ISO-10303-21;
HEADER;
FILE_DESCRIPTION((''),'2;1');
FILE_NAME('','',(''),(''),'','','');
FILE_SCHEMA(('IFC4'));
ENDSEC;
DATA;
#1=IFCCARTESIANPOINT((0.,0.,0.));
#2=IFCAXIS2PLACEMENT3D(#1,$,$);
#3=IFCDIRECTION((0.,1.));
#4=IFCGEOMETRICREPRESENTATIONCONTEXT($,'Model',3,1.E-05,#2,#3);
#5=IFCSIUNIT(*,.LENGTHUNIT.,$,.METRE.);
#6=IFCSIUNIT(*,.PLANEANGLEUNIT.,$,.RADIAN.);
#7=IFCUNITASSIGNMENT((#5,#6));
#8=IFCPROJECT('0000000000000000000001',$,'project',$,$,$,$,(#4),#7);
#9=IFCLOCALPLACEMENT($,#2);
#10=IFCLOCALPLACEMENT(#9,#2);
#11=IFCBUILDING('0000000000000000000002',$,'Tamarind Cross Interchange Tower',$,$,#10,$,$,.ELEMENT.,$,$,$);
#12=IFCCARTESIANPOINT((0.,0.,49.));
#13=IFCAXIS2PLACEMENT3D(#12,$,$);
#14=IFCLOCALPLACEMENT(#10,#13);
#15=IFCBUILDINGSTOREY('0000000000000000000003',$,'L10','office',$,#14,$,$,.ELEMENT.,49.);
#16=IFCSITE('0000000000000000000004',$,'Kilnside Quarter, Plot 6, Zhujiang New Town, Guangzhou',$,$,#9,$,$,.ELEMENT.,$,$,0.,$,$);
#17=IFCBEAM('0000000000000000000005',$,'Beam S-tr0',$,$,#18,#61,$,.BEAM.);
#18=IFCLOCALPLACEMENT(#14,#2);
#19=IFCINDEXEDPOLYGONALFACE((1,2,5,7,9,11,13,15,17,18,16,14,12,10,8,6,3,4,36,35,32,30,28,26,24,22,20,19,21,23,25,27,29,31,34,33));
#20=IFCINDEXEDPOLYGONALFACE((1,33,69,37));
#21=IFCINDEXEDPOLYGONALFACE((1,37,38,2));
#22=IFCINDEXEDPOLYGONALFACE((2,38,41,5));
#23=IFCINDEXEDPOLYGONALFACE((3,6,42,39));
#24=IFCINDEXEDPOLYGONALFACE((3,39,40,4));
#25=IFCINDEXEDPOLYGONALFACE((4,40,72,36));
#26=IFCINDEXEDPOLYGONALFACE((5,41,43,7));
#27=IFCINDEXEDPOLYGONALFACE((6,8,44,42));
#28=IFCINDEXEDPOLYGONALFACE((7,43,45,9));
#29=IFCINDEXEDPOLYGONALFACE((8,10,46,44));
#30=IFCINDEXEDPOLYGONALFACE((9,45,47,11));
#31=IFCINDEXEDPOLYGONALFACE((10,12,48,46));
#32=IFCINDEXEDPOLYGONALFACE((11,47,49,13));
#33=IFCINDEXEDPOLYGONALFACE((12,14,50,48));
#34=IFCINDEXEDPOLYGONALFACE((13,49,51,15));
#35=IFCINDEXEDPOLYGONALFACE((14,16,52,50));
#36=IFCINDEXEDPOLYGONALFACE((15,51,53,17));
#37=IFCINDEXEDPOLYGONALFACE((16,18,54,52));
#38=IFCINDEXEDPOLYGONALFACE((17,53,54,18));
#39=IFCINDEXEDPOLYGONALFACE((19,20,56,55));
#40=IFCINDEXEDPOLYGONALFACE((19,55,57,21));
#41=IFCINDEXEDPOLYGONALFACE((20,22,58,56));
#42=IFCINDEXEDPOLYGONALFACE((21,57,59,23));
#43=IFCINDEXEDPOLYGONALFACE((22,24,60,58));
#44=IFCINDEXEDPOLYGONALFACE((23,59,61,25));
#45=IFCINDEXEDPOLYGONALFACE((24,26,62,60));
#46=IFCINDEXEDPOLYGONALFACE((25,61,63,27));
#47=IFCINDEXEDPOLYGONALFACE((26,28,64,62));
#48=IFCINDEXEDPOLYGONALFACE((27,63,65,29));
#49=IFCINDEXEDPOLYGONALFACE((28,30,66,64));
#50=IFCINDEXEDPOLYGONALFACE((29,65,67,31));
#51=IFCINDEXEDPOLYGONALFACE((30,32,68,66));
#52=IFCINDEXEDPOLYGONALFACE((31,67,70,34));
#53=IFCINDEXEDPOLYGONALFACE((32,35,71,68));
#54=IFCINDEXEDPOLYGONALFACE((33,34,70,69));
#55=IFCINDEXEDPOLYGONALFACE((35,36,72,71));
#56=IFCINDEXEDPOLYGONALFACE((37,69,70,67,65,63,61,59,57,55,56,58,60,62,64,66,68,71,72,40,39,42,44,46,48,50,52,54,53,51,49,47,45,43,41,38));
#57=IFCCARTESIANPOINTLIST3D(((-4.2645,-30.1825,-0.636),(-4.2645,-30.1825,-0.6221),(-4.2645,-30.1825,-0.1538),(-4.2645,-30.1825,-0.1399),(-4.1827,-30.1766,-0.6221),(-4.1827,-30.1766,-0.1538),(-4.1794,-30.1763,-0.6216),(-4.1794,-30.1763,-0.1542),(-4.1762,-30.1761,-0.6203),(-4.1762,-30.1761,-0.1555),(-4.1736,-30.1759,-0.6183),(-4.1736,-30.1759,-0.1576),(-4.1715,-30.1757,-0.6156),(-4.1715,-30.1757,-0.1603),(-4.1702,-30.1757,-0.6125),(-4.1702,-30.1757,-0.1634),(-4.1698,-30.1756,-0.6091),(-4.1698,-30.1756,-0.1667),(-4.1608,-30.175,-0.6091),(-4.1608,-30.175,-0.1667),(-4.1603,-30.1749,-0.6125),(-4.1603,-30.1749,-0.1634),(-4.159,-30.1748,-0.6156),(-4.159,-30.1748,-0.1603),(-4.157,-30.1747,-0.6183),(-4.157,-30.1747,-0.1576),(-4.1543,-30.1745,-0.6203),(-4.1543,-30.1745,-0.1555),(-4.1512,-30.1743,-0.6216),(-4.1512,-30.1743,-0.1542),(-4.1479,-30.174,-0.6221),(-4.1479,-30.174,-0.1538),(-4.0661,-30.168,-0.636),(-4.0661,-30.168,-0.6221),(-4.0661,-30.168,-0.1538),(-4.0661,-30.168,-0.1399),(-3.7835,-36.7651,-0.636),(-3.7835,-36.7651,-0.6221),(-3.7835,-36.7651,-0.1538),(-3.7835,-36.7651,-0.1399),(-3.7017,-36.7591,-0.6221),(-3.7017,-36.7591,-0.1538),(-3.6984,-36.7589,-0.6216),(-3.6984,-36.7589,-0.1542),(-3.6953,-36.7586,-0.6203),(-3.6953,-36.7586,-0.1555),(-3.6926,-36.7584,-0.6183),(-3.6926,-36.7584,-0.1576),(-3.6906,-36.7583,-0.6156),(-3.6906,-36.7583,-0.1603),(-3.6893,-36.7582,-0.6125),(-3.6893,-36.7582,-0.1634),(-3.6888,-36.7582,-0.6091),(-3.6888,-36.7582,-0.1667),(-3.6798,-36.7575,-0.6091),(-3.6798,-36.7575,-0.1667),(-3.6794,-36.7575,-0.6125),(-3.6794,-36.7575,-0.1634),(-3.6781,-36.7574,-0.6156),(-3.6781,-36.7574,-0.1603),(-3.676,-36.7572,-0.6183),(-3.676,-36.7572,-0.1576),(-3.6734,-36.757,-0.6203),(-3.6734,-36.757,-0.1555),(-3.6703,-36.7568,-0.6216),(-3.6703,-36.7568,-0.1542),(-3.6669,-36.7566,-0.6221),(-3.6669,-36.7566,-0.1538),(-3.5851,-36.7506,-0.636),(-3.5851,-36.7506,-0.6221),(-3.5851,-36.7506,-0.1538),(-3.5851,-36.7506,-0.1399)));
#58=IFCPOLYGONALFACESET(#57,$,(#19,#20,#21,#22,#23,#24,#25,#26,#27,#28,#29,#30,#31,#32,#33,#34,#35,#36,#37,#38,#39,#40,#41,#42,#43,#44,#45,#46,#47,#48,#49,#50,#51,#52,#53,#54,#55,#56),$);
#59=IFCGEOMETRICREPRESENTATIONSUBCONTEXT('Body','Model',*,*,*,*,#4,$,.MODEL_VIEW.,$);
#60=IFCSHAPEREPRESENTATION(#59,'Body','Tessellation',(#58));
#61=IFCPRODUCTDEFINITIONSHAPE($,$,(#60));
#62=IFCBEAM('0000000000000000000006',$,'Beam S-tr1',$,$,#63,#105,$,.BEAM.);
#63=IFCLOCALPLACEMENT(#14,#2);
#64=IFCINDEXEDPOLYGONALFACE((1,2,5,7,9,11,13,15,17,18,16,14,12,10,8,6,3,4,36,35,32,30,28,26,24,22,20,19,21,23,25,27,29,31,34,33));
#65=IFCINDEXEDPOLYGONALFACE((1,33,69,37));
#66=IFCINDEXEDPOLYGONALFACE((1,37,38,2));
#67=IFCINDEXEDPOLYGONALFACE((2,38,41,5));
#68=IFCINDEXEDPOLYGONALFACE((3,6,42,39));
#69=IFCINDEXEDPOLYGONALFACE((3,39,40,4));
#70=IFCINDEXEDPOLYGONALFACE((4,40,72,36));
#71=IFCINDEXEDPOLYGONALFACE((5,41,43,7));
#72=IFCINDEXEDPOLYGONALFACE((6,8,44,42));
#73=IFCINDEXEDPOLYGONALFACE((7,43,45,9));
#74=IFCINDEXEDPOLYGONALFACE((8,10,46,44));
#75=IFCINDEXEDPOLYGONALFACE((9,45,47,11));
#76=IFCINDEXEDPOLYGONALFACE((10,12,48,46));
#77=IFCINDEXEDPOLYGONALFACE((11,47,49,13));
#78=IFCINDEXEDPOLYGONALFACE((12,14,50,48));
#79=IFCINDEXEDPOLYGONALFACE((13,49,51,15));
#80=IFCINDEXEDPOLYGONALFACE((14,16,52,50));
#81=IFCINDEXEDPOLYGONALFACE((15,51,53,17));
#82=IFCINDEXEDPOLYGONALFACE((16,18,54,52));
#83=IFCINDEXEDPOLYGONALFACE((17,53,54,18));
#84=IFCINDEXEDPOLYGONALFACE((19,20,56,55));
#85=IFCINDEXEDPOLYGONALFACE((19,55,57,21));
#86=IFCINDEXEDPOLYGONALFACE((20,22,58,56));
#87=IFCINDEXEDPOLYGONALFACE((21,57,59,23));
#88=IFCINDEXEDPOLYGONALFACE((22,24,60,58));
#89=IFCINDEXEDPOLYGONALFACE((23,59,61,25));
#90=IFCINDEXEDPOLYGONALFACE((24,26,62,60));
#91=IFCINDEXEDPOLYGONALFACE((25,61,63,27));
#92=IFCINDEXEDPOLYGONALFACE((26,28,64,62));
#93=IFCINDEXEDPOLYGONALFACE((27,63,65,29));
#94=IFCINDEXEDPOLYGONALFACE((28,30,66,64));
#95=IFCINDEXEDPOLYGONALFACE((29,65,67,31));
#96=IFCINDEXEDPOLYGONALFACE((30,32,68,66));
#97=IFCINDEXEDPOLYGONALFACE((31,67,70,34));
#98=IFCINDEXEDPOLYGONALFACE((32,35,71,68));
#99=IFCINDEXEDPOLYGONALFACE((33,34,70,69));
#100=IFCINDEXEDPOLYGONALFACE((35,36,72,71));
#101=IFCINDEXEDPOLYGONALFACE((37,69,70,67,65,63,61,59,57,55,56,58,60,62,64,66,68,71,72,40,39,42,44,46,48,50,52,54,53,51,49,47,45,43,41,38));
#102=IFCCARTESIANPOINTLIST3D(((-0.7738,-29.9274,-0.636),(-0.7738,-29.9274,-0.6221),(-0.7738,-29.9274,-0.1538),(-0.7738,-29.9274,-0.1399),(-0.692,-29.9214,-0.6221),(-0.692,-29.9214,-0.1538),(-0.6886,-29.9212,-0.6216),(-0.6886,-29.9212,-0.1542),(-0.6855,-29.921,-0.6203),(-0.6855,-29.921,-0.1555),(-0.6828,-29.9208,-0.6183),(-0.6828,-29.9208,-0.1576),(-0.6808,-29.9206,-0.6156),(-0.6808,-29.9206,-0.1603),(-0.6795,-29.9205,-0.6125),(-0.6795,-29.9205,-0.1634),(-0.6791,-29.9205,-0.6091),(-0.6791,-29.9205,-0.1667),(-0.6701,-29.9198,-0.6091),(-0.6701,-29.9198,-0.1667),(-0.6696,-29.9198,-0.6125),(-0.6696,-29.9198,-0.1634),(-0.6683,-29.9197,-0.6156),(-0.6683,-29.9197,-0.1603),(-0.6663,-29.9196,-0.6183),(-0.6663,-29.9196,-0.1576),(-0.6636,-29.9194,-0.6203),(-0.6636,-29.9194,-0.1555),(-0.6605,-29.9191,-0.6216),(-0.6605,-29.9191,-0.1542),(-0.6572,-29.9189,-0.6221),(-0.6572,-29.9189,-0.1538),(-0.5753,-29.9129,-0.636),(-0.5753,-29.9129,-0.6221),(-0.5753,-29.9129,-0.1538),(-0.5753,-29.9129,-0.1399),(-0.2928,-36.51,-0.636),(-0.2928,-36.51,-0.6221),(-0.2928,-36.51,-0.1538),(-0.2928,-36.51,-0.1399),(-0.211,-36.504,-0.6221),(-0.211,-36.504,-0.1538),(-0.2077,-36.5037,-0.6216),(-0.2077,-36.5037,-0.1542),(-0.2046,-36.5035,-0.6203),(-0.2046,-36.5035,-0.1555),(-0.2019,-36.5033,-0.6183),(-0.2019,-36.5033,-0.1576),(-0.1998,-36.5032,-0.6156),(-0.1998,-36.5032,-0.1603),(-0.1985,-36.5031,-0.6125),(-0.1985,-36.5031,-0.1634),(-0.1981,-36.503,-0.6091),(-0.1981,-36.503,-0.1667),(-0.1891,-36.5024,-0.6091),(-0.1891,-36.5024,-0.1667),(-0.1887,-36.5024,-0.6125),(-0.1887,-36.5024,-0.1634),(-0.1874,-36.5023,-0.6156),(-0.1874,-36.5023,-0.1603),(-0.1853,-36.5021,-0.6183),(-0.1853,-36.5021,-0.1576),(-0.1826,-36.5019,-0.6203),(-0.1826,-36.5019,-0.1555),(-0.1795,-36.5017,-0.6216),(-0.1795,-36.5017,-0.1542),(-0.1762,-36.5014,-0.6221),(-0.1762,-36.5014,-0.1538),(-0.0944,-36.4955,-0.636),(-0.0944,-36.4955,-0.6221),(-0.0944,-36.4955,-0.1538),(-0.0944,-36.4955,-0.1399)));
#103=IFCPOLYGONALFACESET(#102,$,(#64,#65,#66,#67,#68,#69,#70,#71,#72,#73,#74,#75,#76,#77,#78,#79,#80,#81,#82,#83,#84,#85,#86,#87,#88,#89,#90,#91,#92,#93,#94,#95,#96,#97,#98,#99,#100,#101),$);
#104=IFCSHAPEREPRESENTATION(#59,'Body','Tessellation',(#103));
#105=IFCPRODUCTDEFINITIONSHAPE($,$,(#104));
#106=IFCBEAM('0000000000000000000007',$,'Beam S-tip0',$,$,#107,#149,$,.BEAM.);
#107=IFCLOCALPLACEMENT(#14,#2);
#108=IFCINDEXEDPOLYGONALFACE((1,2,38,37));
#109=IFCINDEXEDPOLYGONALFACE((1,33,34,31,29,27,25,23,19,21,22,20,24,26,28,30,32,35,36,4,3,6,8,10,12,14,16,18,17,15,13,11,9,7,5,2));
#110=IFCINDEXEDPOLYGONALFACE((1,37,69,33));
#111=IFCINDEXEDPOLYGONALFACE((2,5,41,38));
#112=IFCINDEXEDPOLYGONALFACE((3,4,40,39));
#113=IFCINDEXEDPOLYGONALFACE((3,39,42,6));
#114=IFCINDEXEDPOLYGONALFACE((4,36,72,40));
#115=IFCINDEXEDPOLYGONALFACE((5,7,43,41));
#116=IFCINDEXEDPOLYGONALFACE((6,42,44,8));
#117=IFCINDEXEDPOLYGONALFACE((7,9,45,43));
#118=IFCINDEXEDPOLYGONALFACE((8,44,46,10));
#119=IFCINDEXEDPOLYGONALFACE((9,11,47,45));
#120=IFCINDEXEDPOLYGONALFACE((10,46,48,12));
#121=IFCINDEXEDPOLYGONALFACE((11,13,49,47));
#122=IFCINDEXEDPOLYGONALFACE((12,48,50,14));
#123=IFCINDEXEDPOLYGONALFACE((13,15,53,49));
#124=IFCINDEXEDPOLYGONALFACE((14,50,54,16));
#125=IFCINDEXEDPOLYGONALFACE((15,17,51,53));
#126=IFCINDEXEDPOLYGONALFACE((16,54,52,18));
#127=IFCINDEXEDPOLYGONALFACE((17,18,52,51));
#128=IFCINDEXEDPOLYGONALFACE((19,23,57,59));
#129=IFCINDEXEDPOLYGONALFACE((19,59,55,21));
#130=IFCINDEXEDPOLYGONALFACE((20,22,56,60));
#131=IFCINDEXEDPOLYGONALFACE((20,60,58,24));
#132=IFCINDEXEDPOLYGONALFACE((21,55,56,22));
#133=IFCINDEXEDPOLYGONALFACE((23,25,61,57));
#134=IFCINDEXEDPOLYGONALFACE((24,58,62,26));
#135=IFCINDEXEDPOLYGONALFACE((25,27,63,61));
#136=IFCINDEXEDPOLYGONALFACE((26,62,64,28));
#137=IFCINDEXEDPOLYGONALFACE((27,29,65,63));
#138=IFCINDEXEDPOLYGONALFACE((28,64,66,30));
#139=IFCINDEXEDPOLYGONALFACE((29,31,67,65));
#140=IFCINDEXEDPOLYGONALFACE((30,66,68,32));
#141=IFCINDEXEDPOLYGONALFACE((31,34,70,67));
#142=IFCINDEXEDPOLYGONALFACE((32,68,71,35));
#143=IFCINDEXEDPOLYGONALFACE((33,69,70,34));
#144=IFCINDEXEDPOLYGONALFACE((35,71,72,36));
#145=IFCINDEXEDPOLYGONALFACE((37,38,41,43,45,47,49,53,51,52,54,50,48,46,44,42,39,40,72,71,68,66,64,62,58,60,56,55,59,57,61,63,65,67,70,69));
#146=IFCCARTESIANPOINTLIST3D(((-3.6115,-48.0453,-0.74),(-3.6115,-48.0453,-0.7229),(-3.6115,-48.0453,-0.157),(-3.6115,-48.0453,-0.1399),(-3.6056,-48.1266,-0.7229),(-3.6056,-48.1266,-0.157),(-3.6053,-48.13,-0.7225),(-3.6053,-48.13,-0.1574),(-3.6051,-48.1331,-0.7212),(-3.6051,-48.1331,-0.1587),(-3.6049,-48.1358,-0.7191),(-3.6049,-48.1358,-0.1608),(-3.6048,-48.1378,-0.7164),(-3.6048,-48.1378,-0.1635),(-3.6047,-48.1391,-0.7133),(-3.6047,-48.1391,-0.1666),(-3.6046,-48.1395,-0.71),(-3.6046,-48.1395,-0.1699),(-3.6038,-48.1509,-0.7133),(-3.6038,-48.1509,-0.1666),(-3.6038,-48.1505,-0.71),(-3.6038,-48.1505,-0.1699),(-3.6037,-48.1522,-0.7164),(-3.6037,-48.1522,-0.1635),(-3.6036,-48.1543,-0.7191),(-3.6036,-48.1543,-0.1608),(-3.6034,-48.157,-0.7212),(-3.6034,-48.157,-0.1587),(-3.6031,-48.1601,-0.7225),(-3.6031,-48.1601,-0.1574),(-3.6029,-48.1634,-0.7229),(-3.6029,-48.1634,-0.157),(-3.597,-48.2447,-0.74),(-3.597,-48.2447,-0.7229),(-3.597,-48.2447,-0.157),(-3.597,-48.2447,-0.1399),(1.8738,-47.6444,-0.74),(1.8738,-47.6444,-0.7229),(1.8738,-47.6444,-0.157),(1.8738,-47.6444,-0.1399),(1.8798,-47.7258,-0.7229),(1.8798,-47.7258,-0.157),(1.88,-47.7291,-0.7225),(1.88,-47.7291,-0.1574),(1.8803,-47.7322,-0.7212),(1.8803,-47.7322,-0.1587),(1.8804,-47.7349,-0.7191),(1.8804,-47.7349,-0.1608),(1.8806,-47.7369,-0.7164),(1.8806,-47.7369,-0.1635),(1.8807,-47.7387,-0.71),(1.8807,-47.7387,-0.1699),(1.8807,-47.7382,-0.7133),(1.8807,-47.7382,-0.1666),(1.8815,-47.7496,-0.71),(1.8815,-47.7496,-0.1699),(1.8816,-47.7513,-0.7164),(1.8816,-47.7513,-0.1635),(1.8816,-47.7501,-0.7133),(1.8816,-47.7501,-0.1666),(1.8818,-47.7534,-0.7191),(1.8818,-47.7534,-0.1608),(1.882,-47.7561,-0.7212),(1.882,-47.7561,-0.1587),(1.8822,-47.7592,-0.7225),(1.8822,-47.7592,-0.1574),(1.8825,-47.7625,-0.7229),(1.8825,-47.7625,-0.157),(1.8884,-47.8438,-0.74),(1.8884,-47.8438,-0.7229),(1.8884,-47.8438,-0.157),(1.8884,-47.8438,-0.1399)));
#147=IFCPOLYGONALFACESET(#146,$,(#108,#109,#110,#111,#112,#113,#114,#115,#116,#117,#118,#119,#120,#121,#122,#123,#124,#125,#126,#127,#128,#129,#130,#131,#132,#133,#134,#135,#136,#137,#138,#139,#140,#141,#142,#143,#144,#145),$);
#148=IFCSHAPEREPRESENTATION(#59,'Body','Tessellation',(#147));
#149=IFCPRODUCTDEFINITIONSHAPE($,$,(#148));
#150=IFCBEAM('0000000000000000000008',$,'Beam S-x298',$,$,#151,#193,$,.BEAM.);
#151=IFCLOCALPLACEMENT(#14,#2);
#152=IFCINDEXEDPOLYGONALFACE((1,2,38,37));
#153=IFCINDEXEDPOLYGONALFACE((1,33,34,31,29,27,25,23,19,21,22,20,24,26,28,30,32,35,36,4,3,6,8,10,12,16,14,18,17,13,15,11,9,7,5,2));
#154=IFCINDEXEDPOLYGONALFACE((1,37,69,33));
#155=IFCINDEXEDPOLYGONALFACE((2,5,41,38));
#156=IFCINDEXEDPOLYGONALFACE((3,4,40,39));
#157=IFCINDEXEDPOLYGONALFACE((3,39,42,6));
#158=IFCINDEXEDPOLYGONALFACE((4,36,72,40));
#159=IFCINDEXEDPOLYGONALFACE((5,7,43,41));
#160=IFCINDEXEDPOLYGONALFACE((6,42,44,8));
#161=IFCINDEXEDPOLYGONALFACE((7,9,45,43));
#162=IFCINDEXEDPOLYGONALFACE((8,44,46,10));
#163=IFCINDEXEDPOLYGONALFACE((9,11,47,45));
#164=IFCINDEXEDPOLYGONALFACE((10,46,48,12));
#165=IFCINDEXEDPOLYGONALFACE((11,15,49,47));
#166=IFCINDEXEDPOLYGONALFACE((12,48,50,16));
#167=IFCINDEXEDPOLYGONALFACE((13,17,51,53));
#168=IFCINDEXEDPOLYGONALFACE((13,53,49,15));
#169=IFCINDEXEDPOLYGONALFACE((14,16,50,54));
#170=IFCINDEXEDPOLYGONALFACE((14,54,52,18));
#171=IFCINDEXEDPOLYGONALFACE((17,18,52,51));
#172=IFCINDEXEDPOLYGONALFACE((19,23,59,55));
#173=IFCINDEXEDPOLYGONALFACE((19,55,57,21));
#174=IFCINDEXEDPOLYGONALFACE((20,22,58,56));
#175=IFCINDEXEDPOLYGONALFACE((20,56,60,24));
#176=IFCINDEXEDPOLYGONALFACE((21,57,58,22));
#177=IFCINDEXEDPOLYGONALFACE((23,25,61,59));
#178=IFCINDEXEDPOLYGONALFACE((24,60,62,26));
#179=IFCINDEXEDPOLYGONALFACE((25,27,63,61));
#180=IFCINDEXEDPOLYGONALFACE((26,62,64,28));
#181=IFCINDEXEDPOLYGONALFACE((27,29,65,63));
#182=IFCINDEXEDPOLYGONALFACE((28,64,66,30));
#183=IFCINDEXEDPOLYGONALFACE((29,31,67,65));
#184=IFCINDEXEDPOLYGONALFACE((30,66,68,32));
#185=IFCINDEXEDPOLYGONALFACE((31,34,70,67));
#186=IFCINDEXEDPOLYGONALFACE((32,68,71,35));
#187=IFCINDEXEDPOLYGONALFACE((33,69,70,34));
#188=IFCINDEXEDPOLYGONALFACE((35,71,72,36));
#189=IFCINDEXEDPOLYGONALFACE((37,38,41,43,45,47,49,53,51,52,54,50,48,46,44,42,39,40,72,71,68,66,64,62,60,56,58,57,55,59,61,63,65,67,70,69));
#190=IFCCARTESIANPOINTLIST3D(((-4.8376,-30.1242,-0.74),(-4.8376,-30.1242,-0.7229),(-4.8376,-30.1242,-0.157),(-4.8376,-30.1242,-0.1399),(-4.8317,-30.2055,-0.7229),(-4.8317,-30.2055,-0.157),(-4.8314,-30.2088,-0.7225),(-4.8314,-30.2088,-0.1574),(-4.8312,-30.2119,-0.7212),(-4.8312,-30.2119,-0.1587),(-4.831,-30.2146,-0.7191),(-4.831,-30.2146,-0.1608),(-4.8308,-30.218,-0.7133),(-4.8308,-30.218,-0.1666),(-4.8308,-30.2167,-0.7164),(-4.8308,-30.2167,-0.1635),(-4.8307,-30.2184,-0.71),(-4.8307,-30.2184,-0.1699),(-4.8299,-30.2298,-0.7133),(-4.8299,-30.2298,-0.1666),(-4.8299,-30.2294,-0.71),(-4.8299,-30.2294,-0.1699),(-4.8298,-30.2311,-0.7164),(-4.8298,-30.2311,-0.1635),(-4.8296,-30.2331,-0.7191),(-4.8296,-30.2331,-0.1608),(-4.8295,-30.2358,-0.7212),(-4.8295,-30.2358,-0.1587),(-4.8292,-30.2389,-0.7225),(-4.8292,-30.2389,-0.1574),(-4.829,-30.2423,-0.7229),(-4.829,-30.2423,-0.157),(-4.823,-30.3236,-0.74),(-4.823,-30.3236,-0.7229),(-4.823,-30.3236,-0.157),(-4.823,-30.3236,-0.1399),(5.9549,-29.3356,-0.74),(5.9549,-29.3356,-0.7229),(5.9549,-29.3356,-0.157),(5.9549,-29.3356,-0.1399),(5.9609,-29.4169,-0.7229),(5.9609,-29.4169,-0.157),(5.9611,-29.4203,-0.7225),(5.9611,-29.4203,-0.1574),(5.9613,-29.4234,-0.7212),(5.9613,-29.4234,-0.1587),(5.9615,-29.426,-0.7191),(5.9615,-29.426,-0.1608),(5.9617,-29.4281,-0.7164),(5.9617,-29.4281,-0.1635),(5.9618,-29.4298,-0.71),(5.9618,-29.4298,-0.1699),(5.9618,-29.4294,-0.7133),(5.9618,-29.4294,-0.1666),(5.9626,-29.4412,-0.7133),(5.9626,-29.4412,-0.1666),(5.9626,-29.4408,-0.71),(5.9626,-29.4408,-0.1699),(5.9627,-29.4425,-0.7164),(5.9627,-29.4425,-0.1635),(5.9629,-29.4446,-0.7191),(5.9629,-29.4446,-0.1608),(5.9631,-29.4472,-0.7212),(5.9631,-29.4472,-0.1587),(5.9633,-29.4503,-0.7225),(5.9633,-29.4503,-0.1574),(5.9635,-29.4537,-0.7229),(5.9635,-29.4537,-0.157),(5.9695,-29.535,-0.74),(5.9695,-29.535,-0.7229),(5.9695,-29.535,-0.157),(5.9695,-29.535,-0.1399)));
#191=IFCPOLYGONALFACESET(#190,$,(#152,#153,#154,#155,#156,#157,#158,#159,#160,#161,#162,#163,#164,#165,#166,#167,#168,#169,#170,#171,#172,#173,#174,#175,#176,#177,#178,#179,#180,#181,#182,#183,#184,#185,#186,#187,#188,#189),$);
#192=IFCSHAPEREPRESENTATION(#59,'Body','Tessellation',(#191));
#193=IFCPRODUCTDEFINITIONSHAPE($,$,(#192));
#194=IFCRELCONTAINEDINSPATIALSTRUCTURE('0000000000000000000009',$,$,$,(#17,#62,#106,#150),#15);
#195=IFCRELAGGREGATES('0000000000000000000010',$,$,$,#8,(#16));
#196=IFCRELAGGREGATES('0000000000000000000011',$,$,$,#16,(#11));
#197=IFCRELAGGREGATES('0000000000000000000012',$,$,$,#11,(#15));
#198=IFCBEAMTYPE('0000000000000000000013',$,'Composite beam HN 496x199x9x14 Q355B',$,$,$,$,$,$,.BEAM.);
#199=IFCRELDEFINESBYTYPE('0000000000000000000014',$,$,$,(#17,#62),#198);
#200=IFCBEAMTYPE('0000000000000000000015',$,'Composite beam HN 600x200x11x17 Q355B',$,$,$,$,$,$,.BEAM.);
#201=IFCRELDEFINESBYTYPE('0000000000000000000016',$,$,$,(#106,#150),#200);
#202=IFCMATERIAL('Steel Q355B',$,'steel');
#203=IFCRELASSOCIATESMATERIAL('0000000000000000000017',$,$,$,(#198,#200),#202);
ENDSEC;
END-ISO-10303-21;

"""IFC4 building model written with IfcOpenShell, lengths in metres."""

from ifc_helpers import new_model, si_unit, direction, frame, origin, origin_2d, place, context, subcontext, project, spatial, i_section, extrude, material, material_profile, profile_set, type_object, element, save


model = new_model("IFC4")

# Units and contexts
model_context = context("Model", 3, precision=1e-05, world=origin(), true_north=direction((0.0, 1.0)))
body_context = subcontext(model_context, "Body", "Model", "MODEL_VIEW")
ifc_project = project(units=[si_unit("LENGTHUNIT", "METRE"), si_unit("PLANEANGLEUNIT", "RADIAN")], contexts=[model_context])

# Site, building, storey
site_placement = place(None, origin())
site = spatial("IfcSite", under=ifc_project, at=site_placement, Name="Kilnside Quarter, Plot 6, Zhujiang New Town, Guangzhou", CompositionType="ELEMENT", RefElevation=0.0)
building_placement = place(site_placement, origin())
building = spatial("IfcBuilding", under=site, at=building_placement, Name="Tamarind Cross Interchange Tower", CompositionType="ELEMENT")
storey_placement = place(building_placement, frame((0.0, 0.0, 49.0)))
storey = spatial("IfcBuildingStorey", under=building, at=storey_placement, Name="L10", Description="office", CompositionType="ELEMENT", Elevation=49.0)

# Beams
ifc_material_1 = material(Name="Steel Q355B", Category="steel")
ifc_material_profile_1 = material_profile(ifc_material_1, i_section(OverallWidth=0.199, OverallDepth=0.4961, WebThickness=0.009, FlangeThickness=0.0139, FilletRadius=0.0129, at=origin_2d()), Name="HN 496x199x9x14")
ifc_profile_set_1 = profile_set([ifc_material_profile_1], Name="Steel Q355B")
beam_type_1 = type_object("IfcBeamType", Name="Composite beam HN 496x199x9x14 Q355B", PredefinedType="BEAM", material=ifc_profile_set_1)
for number, where, z_axis, x_axis, name in (
    (1, (-4.1653, -30.1753, -0.3879), (0.072872, -0.997341, 0.0), (0.997341, 0.072872, 0.0), "Beam S-tr0"),
    (2, (-0.6746, -29.9202, -0.3879), (0.072872, -0.997341, 0.0), (0.997341, 0.072872, 0.0), "Beam S-tr1"),
):
    element("IfcBeam", number, at=place(storey_placement, frame(where, z_axis=z_axis, x_axis=x_axis)), inside=storey, type_object=beam_type_1, Name=name, PredefinedType="BEAM", context=body_context, shape_type="SweptSolid", body=[
        extrude(i_section(OverallWidth=0.199, OverallDepth=0.4961, WebThickness=0.009, FlangeThickness=0.0139, FilletRadius=0.0129, at=origin_2d()), origin(), (0.0, 0.0, 1.0), 6.6001),
    ])
ifc_material_profile_2 = material_profile(ifc_material_1, i_section(OverallWidth=0.2, OverallDepth=0.6001, WebThickness=0.011, FlangeThickness=0.0171, FilletRadius=0.0129, at=origin_2d()), Name="HN 600x200x11x17")
ifc_profile_set_2 = profile_set([ifc_material_profile_2], Name="Steel Q355B")
beam_type_2 = type_object("IfcBeamType", Name="Composite beam HN 600x200x11x17 Q355B", PredefinedType="BEAM", material=ifc_profile_set_2)
beam_1_placement = place(storey_placement, frame((-3.6042, -48.145, -0.4399), z_axis=(0.99734, 0.072887, 0.0), x_axis=(-0.072887, 0.99734, 0.0)))
element("IfcBeam", 3, at=beam_1_placement, inside=storey, type_object=beam_type_2, Name="Beam S-tip0", PredefinedType="BEAM", context=body_context, shape_type="SweptSolid", body=[
    extrude(i_section(OverallWidth=0.2, OverallDepth=0.6001, WebThickness=0.011, FlangeThickness=0.0171, FilletRadius=0.0129, at=origin_2d()), origin(), (0.0, 0.0, 1.0), 5.5),
])
beam_2_placement = place(storey_placement, frame((-4.8303, -30.2239, -0.4399), z_axis=(0.997341, 0.072873, 0.0), x_axis=(-0.072873, 0.997341, 0.0)))
element("IfcBeam", 4, at=beam_2_placement, inside=storey, type_object=beam_type_2, Name="Beam S-x298", PredefinedType="BEAM", context=body_context, shape_type="SweptSolid", body=[
    extrude(i_section(OverallWidth=0.2, OverallDepth=0.6001, WebThickness=0.011, FlangeThickness=0.0171, FilletRadius=0.0129, at=origin_2d()), origin(), (0.0, 0.0, 1.0), 10.8213),
])

save(model, "model.ifc")
